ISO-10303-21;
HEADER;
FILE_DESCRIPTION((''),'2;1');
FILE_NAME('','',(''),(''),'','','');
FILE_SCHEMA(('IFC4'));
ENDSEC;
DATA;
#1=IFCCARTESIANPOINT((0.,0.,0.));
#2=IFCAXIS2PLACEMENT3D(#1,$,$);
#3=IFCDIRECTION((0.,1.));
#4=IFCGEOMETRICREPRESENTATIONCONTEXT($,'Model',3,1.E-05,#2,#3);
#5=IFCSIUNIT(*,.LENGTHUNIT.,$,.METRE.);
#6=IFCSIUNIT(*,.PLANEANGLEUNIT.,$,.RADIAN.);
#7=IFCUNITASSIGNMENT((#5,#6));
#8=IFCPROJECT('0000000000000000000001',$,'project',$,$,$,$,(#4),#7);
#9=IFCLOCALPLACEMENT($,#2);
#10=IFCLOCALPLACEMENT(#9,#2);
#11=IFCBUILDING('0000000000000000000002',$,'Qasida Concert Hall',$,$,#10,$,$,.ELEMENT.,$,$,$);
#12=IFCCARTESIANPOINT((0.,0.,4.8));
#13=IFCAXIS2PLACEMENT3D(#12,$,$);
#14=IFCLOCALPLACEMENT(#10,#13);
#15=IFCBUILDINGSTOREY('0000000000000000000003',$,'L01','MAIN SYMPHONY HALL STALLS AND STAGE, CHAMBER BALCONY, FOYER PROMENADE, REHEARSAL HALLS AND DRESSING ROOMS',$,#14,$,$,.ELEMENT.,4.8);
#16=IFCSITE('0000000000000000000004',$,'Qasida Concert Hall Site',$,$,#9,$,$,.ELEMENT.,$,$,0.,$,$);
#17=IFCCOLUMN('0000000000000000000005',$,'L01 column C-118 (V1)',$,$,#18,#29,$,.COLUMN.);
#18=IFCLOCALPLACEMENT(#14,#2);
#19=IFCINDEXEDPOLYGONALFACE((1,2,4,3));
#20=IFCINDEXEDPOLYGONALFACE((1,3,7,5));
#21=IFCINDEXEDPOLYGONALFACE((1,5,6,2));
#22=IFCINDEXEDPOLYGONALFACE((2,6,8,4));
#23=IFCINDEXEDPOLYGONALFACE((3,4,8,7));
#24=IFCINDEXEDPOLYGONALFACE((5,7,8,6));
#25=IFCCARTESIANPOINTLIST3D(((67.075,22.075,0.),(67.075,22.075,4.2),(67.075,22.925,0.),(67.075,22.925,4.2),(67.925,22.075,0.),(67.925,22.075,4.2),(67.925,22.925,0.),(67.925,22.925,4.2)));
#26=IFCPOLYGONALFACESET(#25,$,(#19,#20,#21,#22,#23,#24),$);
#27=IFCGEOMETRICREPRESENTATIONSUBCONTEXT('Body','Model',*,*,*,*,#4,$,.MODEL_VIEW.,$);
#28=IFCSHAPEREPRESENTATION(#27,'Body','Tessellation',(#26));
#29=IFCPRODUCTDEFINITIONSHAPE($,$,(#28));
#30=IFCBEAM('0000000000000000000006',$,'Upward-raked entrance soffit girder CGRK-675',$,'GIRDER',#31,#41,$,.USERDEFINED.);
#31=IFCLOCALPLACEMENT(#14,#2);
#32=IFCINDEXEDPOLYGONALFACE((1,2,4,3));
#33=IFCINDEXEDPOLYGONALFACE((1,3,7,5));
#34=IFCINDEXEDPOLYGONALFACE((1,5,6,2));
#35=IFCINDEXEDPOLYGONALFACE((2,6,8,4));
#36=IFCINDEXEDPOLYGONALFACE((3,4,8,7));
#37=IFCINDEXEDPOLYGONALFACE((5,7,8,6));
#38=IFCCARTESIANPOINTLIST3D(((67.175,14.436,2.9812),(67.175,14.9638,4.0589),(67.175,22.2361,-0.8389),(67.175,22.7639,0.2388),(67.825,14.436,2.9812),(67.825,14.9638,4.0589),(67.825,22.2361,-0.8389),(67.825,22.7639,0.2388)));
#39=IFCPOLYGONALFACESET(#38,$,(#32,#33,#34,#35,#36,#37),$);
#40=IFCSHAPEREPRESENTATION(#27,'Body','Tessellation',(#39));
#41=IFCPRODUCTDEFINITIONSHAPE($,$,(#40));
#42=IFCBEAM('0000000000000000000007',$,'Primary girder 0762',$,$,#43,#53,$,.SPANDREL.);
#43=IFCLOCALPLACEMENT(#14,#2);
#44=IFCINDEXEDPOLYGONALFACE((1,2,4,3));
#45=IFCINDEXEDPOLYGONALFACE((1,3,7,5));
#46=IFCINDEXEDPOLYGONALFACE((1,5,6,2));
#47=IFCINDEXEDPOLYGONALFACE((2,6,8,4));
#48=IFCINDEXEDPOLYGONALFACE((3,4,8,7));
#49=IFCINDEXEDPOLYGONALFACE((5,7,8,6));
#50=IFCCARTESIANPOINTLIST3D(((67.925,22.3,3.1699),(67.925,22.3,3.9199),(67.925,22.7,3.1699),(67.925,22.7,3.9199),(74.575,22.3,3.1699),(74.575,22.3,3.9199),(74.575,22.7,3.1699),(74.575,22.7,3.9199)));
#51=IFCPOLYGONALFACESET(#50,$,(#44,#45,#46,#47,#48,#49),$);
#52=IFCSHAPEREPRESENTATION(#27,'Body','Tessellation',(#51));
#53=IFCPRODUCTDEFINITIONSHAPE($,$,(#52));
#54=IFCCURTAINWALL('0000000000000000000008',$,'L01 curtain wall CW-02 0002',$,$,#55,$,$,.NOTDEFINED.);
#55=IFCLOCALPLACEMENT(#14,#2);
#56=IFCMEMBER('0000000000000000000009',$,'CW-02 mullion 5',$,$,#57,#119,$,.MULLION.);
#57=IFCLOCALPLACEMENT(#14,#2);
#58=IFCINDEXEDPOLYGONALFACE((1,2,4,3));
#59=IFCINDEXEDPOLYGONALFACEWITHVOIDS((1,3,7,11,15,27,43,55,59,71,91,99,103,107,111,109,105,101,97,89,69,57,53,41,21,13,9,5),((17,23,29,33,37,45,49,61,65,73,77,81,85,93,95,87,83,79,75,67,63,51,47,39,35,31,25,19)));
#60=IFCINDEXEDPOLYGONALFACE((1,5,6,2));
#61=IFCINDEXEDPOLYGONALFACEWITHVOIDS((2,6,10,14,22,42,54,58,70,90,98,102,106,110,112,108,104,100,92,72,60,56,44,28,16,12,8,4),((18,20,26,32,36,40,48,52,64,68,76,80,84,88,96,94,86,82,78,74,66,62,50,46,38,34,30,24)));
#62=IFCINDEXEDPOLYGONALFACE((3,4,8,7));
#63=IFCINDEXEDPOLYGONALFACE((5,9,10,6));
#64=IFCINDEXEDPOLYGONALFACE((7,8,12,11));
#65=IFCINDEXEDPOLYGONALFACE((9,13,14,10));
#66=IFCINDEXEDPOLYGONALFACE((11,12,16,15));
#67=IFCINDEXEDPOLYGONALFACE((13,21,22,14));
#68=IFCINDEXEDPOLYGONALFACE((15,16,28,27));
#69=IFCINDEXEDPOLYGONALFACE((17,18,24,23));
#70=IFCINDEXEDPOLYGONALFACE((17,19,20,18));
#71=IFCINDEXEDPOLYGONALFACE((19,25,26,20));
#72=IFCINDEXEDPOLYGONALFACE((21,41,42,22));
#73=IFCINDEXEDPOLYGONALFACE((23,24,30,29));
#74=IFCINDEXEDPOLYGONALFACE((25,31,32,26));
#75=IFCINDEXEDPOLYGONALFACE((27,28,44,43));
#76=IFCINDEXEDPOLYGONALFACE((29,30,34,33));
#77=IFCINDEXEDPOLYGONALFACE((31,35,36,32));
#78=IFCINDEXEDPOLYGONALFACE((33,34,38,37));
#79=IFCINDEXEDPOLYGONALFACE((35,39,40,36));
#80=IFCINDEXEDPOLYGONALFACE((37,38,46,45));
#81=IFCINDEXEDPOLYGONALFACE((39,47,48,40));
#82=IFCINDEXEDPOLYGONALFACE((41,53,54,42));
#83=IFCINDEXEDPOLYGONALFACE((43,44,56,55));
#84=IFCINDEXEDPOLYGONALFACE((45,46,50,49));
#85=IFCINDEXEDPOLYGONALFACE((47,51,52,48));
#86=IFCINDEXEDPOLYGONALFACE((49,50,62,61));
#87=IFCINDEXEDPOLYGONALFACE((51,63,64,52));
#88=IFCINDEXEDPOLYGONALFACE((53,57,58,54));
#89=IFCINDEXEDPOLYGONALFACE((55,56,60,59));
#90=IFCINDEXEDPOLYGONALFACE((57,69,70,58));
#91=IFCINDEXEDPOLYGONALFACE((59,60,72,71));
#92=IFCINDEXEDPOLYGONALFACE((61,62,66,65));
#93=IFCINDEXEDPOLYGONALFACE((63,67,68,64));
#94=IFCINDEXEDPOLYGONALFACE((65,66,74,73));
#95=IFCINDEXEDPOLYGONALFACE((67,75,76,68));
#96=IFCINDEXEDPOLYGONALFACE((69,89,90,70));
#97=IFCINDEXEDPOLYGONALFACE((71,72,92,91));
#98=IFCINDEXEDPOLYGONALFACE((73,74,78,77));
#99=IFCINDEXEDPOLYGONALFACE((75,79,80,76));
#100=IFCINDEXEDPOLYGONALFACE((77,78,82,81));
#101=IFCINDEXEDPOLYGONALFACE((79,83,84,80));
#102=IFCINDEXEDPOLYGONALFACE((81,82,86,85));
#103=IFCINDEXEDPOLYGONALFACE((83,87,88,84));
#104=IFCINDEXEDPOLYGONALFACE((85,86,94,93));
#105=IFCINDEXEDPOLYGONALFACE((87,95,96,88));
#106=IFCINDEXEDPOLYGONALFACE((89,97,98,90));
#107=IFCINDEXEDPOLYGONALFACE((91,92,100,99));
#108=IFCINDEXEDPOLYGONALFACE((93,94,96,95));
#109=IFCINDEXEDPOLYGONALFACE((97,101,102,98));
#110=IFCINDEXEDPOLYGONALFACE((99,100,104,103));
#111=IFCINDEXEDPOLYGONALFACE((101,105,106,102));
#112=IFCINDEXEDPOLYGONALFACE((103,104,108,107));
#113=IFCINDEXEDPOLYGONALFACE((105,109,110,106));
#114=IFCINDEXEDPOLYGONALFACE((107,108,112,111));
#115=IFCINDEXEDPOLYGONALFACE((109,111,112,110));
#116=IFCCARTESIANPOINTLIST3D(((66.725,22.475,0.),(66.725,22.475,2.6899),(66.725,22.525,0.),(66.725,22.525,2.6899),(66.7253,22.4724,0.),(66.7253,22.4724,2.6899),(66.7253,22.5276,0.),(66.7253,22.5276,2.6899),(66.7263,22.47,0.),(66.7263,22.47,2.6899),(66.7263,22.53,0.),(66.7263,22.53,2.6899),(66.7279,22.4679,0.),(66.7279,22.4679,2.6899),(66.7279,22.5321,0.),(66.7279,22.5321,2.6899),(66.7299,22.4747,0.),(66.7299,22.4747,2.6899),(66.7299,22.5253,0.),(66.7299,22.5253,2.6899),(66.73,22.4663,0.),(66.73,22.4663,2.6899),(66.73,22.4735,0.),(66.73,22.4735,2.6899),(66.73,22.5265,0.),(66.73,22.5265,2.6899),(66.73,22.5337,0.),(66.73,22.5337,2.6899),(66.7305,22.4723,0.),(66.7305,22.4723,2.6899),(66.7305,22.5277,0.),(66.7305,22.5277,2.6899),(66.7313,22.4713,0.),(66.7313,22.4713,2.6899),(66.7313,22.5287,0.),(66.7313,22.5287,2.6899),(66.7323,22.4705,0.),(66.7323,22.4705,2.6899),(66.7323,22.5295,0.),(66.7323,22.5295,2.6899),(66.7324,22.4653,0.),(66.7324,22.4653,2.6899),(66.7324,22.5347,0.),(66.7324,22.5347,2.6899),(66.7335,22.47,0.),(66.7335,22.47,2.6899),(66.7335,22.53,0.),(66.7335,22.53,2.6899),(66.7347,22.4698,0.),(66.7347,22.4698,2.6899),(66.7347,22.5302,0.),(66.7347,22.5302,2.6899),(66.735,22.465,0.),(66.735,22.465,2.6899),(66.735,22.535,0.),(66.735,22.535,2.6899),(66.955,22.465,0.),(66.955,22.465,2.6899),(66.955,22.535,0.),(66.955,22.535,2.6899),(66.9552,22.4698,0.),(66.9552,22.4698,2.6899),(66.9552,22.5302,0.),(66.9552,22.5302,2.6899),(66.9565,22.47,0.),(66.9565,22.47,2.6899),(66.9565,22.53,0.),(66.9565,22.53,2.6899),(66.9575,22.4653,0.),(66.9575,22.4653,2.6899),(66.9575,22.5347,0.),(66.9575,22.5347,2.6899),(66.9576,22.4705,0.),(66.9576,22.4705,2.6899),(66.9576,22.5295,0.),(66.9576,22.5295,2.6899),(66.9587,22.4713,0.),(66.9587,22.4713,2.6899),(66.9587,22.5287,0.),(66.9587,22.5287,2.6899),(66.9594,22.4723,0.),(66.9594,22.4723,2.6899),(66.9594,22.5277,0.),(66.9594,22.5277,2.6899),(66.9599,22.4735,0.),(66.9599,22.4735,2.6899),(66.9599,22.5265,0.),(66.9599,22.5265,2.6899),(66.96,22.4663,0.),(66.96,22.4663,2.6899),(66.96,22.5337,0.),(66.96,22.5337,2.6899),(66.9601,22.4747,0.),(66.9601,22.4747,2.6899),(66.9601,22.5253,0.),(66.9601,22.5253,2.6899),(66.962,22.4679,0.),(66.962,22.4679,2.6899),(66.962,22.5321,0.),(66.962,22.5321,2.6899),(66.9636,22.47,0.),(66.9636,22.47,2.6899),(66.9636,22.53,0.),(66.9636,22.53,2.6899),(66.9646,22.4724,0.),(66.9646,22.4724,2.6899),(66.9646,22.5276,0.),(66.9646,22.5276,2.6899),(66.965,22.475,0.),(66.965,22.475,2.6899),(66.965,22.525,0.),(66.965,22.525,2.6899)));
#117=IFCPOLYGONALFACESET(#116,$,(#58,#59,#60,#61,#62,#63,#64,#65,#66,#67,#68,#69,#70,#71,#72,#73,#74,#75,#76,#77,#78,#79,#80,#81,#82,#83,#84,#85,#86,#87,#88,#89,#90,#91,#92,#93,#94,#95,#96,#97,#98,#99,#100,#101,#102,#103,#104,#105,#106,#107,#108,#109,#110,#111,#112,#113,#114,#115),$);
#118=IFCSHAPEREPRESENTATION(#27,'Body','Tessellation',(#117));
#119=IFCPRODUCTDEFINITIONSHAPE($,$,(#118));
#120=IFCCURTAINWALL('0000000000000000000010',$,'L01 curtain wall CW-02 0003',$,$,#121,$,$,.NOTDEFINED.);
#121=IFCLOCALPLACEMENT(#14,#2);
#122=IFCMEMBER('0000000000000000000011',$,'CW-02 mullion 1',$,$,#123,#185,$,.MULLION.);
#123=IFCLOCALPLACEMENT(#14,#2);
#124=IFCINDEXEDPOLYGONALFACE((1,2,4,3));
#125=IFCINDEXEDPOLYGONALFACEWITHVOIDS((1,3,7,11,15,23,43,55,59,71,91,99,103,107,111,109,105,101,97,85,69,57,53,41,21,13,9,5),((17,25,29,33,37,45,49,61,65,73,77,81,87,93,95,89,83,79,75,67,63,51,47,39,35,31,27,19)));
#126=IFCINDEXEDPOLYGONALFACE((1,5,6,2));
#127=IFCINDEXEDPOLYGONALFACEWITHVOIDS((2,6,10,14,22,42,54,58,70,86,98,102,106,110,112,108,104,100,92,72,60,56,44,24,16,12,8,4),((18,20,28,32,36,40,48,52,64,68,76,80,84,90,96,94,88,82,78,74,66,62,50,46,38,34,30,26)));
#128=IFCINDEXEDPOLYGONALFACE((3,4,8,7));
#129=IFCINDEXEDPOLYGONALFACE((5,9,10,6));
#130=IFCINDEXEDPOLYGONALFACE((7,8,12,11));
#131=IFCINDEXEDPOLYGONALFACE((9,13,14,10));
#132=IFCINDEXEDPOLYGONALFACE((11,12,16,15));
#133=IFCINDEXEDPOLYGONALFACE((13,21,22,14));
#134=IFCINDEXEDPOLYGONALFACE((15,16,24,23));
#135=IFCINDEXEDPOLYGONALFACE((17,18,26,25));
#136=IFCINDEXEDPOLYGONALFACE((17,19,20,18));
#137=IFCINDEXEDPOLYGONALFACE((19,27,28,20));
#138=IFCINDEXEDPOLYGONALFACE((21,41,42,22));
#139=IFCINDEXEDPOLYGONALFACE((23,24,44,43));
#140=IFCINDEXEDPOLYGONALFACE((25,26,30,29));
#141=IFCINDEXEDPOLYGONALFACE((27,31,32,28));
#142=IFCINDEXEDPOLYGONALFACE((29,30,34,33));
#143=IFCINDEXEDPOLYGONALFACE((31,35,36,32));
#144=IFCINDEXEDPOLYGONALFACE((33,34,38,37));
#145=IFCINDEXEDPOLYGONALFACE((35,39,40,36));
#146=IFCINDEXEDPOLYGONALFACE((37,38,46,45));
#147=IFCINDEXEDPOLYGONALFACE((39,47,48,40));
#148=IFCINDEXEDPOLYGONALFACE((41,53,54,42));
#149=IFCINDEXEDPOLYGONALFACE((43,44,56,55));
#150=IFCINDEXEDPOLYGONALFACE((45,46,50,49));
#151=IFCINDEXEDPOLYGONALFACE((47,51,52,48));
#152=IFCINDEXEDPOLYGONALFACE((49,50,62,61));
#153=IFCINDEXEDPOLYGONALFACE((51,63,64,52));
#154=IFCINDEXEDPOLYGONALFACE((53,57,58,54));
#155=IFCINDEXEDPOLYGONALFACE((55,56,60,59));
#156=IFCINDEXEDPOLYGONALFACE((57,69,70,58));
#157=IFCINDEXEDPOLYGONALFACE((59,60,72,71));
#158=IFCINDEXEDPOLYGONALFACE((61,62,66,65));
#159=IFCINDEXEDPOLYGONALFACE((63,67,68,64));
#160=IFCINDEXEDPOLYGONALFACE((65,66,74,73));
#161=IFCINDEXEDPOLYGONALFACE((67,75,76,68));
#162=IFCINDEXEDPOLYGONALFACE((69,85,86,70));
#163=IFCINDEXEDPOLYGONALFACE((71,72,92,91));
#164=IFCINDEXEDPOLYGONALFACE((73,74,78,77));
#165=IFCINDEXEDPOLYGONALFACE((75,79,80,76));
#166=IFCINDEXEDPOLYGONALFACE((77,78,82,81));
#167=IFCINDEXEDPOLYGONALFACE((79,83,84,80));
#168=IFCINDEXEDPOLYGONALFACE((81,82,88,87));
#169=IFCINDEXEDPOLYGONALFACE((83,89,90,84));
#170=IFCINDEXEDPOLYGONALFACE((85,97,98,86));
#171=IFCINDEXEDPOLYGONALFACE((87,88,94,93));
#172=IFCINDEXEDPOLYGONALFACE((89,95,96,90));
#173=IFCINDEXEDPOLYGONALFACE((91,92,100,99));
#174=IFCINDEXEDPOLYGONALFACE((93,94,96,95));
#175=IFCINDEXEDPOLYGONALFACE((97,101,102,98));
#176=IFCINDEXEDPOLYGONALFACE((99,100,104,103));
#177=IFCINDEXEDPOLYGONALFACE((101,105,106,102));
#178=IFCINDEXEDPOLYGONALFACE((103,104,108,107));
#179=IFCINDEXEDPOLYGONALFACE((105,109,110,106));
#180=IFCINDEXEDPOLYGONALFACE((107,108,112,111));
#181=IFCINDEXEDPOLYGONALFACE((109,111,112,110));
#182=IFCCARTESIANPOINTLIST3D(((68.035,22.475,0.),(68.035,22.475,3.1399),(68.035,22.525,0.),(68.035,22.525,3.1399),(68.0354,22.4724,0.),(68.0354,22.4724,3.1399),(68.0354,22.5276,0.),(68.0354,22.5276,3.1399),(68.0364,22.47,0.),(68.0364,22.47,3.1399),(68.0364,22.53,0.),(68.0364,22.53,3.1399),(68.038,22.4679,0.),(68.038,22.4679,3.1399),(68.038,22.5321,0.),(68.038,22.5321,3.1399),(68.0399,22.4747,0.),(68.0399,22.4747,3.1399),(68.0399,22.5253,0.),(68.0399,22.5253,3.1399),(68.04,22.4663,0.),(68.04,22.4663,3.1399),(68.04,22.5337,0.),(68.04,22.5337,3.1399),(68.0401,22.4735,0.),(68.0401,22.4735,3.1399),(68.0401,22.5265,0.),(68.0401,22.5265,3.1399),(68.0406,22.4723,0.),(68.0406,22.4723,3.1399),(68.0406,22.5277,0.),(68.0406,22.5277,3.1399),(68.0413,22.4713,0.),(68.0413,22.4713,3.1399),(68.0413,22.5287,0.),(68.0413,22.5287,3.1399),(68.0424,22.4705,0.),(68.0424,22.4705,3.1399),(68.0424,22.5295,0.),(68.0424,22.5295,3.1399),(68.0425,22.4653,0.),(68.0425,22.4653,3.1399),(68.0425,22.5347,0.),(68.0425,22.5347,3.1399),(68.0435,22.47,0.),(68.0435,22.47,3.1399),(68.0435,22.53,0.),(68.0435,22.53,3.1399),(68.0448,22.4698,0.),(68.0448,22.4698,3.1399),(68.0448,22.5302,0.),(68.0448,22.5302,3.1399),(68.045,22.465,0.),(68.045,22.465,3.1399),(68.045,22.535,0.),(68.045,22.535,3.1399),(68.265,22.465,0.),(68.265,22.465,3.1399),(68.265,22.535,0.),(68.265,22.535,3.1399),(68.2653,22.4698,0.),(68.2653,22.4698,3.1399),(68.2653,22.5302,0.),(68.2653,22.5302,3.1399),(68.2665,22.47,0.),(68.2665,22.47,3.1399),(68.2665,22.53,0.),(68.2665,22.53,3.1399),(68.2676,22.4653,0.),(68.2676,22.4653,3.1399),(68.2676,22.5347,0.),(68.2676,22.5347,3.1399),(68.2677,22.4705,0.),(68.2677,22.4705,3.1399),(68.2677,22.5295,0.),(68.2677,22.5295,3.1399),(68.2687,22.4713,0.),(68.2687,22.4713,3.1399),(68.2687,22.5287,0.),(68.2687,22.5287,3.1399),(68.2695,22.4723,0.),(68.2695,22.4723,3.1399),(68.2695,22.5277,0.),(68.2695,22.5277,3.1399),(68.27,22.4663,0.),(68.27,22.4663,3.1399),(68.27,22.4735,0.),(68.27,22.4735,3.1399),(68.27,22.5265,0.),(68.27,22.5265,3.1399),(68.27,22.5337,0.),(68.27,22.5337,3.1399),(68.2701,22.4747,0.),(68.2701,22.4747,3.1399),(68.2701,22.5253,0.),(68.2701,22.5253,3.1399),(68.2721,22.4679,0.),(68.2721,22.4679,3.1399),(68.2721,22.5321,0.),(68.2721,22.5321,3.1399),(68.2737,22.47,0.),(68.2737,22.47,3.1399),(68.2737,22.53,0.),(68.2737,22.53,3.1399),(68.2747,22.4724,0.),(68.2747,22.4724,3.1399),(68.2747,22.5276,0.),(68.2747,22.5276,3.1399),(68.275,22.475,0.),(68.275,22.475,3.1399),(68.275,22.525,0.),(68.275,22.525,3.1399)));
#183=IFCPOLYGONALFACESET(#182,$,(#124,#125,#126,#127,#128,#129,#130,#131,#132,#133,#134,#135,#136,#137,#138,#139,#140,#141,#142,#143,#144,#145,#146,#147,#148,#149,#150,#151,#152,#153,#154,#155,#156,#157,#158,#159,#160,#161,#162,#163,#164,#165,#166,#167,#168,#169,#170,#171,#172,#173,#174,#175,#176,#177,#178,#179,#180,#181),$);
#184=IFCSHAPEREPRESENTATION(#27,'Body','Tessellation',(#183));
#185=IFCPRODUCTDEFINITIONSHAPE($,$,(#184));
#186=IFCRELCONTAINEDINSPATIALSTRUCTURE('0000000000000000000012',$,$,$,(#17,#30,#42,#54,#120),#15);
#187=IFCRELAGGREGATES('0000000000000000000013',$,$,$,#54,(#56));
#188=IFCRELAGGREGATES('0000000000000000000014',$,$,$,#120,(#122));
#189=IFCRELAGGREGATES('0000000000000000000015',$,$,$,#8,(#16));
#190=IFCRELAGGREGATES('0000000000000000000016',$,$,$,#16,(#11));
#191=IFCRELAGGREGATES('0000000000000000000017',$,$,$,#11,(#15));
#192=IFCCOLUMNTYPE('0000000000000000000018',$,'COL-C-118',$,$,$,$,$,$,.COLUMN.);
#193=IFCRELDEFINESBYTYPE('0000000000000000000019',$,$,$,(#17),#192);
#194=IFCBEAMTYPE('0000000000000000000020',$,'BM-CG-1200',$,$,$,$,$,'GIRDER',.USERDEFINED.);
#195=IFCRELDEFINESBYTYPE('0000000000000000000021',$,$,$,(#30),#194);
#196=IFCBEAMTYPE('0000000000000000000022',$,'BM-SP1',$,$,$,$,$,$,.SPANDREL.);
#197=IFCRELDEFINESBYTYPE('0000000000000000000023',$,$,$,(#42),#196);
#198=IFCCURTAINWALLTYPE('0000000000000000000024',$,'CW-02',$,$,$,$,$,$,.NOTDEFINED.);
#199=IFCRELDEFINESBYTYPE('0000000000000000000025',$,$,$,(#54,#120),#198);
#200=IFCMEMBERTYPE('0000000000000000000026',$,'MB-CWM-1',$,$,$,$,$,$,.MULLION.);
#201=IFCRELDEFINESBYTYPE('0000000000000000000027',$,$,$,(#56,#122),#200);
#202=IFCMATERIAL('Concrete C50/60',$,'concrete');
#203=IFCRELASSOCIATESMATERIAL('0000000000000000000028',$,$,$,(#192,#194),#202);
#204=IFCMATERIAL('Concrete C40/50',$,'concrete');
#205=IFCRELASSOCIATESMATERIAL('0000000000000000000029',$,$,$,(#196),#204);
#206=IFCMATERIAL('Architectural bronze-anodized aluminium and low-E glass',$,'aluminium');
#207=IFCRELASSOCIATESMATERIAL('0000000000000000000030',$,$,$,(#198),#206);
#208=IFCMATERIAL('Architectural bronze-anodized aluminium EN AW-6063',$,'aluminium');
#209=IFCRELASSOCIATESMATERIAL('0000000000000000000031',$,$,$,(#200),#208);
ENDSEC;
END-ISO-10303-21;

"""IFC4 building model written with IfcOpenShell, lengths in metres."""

from ifc_helpers import new_model, si_unit, direction, frame, origin, origin_2d, place, context, subcontext, project, spatial, rectangle, hollow_rectangle, extrude, material, material_profile, profile_set, type_object, element, aggregate, save


model = new_model("IFC4")

# Units and contexts
model_context = context("Model", 3, precision=1e-05, world=origin(), true_north=direction((0.0, 1.0)))
body_context = subcontext(model_context, "Body", "Model", "MODEL_VIEW")
ifc_project = project(units=[si_unit("LENGTHUNIT", "METRE"), si_unit("PLANEANGLEUNIT", "RADIAN")], contexts=[model_context])

# Site, building, storey
site_placement = place(None, origin())
site = spatial("IfcSite", under=ifc_project, at=site_placement, Name="Qasida Concert Hall Site", CompositionType="ELEMENT", RefElevation=0.0)
building_placement = place(site_placement, origin())
building = spatial("IfcBuilding", under=site, at=building_placement, Name="Qasida Concert Hall", CompositionType="ELEMENT")
storey_placement = place(building_placement, frame((0.0, 0.0, 4.8)))
storey = spatial("IfcBuildingStorey", under=building, at=storey_placement, Name="L01", Description="MAIN SYMPHONY HALL STALLS AND STAGE, CHAMBER BALCONY, FOYER PROMENADE, REHEARSAL HALLS AND DRESSING ROOMS", CompositionType="ELEMENT", Elevation=4.8)

# Column
ifc_material_1 = material(Name="Concrete C50/60", Category="concrete")
ifc_material_profile_1 = material_profile(ifc_material_1, rectangle(XDim=0.8501, YDim=0.8501, at=origin_2d()), Name="RC 850x850")
ifc_profile_set_1 = profile_set([ifc_material_profile_1], Name="Concrete C50/60")
column_type = type_object("IfcColumnType", Name="COL-C-118", PredefinedType="COLUMN", material=ifc_profile_set_1)
column_placement = place(storey_placement, frame((67.5, 22.5, 0.0), z_axis=(0.0, 0.0, 1.0), x_axis=(1.0, 0.0, 0.0)))
element("IfcColumn", 1, at=column_placement, inside=storey, type_object=column_type, Name="L01 column C-118 (V1)", PredefinedType="COLUMN", context=body_context, shape_type="SweptSolid", body=[
    extrude(rectangle(XDim=0.8501, YDim=0.8501, at=origin_2d()), origin(), (0.0, 0.0, 1.0), 4.2),
])

# Beams
ifc_material_profile_2 = material_profile(ifc_material_1, rectangle(XDim=0.6499, YDim=1.2, at=origin_2d()), Name="RC 650x1200")
ifc_profile_set_2 = profile_set([ifc_material_profile_2], Name="Concrete C50/60")
beam_type_1 = type_object("IfcBeamType", Name="BM-CG-1200", ElementType="GIRDER", PredefinedType="USERDEFINED", material=ifc_profile_set_2)
beam_1_placement = place(storey_placement, frame((67.5, 22.5, -0.3), z_axis=(0.0, -0.898079, 0.439834), x_axis=(1.0, 0.0, 0.0)))
element("IfcBeam", 2, at=beam_1_placement, inside=storey, type_object=beam_type_1, Name="Upward-raked entrance soffit girder CGRK-675", ObjectType="GIRDER", PredefinedType="USERDEFINED", context=body_context, shape_type="SweptSolid", body=[
    extrude(rectangle(XDim=0.6499, YDim=1.2, at=origin_2d()), origin(), (0.0, 0.0, 1.0), 8.6853),
])
ifc_material_2 = material(Name="Concrete C40/50", Category="concrete")
ifc_material_profile_3 = material_profile(ifc_material_2, rectangle(XDim=0.3999, YDim=0.75, at=origin_2d()), Name="RC 400x750")
ifc_profile_set_3 = profile_set([ifc_material_profile_3], Name="Concrete C40/50")
beam_type_2 = type_object("IfcBeamType", Name="BM-SP1", PredefinedType="SPANDREL", material=ifc_profile_set_3)
beam_2_placement = place(storey_placement, frame((67.925, 22.5, 3.5449), z_axis=(1.0, 0.0, 0.0), x_axis=(0.0, 1.0, 0.0)))
element("IfcBeam", 3, at=beam_2_placement, inside=storey, type_object=beam_type_2, Name="Primary girder 0762", PredefinedType="SPANDREL", context=body_context, shape_type="SweptSolid", body=[
    extrude(rectangle(XDim=0.3999, YDim=0.75, at=origin_2d()), origin(), (0.0, 0.0, 1.0), 6.6499),
])

# Curtain wall, member
ifc_material_3 = material(Name="Architectural bronze-anodized aluminium and low-E glass", Category="aluminium")
curtain_wall_type = type_object("IfcCurtainWallType", Name="CW-02", PredefinedType="NOTDEFINED", material=ifc_material_3)
curtain_wall_1_placement = place(storey_placement, origin())
curtain_wall_1 = element("IfcCurtainWall", 4, at=curtain_wall_1_placement, inside=storey, type_object=curtain_wall_type, Name="L01 curtain wall CW-02 0002", PredefinedType="NOTDEFINED")
ifc_material_4 = material(Name="Architectural bronze-anodized aluminium EN AW-6063", Category="aluminium")
ifc_material_profile_4 = material_profile(ifc_material_4, hollow_rectangle(XDim=0.0701, YDim=0.24, WallThickness=0.0049, InnerFilletRadius=0.0049, OuterFilletRadius=0.01, at=origin_2d()), Name="CWM 240x70x5")
ifc_profile_set_4 = profile_set([ifc_material_profile_4], Name="Architectural bronze-anodized aluminium EN AW-6063")
member_type_1 = type_object("IfcMemberType", Name="MB-CWM-1", PredefinedType="MULLION", material=ifc_profile_set_4)
member_1_placement = place(storey_placement, frame((66.845, 22.5, 0.0), z_axis=(0.0, 0.0, 1.0), x_axis=(0.0, 1.0, 0.0)))
member_1 = element("IfcMember", 5, at=member_1_placement, type_object=member_type_1, Name="CW-02 mullion 5", PredefinedType="MULLION", context=body_context, shape_type="SweptSolid", body=[
    extrude(hollow_rectangle(XDim=0.0701, YDim=0.24, WallThickness=0.0049, InnerFilletRadius=0.0049, OuterFilletRadius=0.01, at=origin_2d()), origin(), (0.0, 0.0, 1.0), 2.6899),
])

# Curtain wall, member
curtain_wall_2_placement = place(storey_placement, origin())
curtain_wall_2 = element("IfcCurtainWall", 6, at=curtain_wall_2_placement, inside=storey, type_object=curtain_wall_type, Name="L01 curtain wall CW-02 0003", PredefinedType="NOTDEFINED")
member_2_placement = place(storey_placement, frame((68.155, 22.5, 0.0), z_axis=(0.0, 0.0, 1.0), x_axis=(0.0, 1.0, 0.0)))
member_2 = element("IfcMember", 7, at=member_2_placement, type_object=member_type_1, Name="CW-02 mullion 1", PredefinedType="MULLION", context=body_context, shape_type="SweptSolid", body=[
    extrude(hollow_rectangle(XDim=0.0701, YDim=0.24, WallThickness=0.0049, InnerFilletRadius=0.0049, OuterFilletRadius=0.01, at=origin_2d()), origin(), (0.0, 0.0, 1.0), 3.1399),
])

aggregate(curtain_wall_1, [member_1])
aggregate(curtain_wall_2, [member_2])

save(model, "model.ifc")
